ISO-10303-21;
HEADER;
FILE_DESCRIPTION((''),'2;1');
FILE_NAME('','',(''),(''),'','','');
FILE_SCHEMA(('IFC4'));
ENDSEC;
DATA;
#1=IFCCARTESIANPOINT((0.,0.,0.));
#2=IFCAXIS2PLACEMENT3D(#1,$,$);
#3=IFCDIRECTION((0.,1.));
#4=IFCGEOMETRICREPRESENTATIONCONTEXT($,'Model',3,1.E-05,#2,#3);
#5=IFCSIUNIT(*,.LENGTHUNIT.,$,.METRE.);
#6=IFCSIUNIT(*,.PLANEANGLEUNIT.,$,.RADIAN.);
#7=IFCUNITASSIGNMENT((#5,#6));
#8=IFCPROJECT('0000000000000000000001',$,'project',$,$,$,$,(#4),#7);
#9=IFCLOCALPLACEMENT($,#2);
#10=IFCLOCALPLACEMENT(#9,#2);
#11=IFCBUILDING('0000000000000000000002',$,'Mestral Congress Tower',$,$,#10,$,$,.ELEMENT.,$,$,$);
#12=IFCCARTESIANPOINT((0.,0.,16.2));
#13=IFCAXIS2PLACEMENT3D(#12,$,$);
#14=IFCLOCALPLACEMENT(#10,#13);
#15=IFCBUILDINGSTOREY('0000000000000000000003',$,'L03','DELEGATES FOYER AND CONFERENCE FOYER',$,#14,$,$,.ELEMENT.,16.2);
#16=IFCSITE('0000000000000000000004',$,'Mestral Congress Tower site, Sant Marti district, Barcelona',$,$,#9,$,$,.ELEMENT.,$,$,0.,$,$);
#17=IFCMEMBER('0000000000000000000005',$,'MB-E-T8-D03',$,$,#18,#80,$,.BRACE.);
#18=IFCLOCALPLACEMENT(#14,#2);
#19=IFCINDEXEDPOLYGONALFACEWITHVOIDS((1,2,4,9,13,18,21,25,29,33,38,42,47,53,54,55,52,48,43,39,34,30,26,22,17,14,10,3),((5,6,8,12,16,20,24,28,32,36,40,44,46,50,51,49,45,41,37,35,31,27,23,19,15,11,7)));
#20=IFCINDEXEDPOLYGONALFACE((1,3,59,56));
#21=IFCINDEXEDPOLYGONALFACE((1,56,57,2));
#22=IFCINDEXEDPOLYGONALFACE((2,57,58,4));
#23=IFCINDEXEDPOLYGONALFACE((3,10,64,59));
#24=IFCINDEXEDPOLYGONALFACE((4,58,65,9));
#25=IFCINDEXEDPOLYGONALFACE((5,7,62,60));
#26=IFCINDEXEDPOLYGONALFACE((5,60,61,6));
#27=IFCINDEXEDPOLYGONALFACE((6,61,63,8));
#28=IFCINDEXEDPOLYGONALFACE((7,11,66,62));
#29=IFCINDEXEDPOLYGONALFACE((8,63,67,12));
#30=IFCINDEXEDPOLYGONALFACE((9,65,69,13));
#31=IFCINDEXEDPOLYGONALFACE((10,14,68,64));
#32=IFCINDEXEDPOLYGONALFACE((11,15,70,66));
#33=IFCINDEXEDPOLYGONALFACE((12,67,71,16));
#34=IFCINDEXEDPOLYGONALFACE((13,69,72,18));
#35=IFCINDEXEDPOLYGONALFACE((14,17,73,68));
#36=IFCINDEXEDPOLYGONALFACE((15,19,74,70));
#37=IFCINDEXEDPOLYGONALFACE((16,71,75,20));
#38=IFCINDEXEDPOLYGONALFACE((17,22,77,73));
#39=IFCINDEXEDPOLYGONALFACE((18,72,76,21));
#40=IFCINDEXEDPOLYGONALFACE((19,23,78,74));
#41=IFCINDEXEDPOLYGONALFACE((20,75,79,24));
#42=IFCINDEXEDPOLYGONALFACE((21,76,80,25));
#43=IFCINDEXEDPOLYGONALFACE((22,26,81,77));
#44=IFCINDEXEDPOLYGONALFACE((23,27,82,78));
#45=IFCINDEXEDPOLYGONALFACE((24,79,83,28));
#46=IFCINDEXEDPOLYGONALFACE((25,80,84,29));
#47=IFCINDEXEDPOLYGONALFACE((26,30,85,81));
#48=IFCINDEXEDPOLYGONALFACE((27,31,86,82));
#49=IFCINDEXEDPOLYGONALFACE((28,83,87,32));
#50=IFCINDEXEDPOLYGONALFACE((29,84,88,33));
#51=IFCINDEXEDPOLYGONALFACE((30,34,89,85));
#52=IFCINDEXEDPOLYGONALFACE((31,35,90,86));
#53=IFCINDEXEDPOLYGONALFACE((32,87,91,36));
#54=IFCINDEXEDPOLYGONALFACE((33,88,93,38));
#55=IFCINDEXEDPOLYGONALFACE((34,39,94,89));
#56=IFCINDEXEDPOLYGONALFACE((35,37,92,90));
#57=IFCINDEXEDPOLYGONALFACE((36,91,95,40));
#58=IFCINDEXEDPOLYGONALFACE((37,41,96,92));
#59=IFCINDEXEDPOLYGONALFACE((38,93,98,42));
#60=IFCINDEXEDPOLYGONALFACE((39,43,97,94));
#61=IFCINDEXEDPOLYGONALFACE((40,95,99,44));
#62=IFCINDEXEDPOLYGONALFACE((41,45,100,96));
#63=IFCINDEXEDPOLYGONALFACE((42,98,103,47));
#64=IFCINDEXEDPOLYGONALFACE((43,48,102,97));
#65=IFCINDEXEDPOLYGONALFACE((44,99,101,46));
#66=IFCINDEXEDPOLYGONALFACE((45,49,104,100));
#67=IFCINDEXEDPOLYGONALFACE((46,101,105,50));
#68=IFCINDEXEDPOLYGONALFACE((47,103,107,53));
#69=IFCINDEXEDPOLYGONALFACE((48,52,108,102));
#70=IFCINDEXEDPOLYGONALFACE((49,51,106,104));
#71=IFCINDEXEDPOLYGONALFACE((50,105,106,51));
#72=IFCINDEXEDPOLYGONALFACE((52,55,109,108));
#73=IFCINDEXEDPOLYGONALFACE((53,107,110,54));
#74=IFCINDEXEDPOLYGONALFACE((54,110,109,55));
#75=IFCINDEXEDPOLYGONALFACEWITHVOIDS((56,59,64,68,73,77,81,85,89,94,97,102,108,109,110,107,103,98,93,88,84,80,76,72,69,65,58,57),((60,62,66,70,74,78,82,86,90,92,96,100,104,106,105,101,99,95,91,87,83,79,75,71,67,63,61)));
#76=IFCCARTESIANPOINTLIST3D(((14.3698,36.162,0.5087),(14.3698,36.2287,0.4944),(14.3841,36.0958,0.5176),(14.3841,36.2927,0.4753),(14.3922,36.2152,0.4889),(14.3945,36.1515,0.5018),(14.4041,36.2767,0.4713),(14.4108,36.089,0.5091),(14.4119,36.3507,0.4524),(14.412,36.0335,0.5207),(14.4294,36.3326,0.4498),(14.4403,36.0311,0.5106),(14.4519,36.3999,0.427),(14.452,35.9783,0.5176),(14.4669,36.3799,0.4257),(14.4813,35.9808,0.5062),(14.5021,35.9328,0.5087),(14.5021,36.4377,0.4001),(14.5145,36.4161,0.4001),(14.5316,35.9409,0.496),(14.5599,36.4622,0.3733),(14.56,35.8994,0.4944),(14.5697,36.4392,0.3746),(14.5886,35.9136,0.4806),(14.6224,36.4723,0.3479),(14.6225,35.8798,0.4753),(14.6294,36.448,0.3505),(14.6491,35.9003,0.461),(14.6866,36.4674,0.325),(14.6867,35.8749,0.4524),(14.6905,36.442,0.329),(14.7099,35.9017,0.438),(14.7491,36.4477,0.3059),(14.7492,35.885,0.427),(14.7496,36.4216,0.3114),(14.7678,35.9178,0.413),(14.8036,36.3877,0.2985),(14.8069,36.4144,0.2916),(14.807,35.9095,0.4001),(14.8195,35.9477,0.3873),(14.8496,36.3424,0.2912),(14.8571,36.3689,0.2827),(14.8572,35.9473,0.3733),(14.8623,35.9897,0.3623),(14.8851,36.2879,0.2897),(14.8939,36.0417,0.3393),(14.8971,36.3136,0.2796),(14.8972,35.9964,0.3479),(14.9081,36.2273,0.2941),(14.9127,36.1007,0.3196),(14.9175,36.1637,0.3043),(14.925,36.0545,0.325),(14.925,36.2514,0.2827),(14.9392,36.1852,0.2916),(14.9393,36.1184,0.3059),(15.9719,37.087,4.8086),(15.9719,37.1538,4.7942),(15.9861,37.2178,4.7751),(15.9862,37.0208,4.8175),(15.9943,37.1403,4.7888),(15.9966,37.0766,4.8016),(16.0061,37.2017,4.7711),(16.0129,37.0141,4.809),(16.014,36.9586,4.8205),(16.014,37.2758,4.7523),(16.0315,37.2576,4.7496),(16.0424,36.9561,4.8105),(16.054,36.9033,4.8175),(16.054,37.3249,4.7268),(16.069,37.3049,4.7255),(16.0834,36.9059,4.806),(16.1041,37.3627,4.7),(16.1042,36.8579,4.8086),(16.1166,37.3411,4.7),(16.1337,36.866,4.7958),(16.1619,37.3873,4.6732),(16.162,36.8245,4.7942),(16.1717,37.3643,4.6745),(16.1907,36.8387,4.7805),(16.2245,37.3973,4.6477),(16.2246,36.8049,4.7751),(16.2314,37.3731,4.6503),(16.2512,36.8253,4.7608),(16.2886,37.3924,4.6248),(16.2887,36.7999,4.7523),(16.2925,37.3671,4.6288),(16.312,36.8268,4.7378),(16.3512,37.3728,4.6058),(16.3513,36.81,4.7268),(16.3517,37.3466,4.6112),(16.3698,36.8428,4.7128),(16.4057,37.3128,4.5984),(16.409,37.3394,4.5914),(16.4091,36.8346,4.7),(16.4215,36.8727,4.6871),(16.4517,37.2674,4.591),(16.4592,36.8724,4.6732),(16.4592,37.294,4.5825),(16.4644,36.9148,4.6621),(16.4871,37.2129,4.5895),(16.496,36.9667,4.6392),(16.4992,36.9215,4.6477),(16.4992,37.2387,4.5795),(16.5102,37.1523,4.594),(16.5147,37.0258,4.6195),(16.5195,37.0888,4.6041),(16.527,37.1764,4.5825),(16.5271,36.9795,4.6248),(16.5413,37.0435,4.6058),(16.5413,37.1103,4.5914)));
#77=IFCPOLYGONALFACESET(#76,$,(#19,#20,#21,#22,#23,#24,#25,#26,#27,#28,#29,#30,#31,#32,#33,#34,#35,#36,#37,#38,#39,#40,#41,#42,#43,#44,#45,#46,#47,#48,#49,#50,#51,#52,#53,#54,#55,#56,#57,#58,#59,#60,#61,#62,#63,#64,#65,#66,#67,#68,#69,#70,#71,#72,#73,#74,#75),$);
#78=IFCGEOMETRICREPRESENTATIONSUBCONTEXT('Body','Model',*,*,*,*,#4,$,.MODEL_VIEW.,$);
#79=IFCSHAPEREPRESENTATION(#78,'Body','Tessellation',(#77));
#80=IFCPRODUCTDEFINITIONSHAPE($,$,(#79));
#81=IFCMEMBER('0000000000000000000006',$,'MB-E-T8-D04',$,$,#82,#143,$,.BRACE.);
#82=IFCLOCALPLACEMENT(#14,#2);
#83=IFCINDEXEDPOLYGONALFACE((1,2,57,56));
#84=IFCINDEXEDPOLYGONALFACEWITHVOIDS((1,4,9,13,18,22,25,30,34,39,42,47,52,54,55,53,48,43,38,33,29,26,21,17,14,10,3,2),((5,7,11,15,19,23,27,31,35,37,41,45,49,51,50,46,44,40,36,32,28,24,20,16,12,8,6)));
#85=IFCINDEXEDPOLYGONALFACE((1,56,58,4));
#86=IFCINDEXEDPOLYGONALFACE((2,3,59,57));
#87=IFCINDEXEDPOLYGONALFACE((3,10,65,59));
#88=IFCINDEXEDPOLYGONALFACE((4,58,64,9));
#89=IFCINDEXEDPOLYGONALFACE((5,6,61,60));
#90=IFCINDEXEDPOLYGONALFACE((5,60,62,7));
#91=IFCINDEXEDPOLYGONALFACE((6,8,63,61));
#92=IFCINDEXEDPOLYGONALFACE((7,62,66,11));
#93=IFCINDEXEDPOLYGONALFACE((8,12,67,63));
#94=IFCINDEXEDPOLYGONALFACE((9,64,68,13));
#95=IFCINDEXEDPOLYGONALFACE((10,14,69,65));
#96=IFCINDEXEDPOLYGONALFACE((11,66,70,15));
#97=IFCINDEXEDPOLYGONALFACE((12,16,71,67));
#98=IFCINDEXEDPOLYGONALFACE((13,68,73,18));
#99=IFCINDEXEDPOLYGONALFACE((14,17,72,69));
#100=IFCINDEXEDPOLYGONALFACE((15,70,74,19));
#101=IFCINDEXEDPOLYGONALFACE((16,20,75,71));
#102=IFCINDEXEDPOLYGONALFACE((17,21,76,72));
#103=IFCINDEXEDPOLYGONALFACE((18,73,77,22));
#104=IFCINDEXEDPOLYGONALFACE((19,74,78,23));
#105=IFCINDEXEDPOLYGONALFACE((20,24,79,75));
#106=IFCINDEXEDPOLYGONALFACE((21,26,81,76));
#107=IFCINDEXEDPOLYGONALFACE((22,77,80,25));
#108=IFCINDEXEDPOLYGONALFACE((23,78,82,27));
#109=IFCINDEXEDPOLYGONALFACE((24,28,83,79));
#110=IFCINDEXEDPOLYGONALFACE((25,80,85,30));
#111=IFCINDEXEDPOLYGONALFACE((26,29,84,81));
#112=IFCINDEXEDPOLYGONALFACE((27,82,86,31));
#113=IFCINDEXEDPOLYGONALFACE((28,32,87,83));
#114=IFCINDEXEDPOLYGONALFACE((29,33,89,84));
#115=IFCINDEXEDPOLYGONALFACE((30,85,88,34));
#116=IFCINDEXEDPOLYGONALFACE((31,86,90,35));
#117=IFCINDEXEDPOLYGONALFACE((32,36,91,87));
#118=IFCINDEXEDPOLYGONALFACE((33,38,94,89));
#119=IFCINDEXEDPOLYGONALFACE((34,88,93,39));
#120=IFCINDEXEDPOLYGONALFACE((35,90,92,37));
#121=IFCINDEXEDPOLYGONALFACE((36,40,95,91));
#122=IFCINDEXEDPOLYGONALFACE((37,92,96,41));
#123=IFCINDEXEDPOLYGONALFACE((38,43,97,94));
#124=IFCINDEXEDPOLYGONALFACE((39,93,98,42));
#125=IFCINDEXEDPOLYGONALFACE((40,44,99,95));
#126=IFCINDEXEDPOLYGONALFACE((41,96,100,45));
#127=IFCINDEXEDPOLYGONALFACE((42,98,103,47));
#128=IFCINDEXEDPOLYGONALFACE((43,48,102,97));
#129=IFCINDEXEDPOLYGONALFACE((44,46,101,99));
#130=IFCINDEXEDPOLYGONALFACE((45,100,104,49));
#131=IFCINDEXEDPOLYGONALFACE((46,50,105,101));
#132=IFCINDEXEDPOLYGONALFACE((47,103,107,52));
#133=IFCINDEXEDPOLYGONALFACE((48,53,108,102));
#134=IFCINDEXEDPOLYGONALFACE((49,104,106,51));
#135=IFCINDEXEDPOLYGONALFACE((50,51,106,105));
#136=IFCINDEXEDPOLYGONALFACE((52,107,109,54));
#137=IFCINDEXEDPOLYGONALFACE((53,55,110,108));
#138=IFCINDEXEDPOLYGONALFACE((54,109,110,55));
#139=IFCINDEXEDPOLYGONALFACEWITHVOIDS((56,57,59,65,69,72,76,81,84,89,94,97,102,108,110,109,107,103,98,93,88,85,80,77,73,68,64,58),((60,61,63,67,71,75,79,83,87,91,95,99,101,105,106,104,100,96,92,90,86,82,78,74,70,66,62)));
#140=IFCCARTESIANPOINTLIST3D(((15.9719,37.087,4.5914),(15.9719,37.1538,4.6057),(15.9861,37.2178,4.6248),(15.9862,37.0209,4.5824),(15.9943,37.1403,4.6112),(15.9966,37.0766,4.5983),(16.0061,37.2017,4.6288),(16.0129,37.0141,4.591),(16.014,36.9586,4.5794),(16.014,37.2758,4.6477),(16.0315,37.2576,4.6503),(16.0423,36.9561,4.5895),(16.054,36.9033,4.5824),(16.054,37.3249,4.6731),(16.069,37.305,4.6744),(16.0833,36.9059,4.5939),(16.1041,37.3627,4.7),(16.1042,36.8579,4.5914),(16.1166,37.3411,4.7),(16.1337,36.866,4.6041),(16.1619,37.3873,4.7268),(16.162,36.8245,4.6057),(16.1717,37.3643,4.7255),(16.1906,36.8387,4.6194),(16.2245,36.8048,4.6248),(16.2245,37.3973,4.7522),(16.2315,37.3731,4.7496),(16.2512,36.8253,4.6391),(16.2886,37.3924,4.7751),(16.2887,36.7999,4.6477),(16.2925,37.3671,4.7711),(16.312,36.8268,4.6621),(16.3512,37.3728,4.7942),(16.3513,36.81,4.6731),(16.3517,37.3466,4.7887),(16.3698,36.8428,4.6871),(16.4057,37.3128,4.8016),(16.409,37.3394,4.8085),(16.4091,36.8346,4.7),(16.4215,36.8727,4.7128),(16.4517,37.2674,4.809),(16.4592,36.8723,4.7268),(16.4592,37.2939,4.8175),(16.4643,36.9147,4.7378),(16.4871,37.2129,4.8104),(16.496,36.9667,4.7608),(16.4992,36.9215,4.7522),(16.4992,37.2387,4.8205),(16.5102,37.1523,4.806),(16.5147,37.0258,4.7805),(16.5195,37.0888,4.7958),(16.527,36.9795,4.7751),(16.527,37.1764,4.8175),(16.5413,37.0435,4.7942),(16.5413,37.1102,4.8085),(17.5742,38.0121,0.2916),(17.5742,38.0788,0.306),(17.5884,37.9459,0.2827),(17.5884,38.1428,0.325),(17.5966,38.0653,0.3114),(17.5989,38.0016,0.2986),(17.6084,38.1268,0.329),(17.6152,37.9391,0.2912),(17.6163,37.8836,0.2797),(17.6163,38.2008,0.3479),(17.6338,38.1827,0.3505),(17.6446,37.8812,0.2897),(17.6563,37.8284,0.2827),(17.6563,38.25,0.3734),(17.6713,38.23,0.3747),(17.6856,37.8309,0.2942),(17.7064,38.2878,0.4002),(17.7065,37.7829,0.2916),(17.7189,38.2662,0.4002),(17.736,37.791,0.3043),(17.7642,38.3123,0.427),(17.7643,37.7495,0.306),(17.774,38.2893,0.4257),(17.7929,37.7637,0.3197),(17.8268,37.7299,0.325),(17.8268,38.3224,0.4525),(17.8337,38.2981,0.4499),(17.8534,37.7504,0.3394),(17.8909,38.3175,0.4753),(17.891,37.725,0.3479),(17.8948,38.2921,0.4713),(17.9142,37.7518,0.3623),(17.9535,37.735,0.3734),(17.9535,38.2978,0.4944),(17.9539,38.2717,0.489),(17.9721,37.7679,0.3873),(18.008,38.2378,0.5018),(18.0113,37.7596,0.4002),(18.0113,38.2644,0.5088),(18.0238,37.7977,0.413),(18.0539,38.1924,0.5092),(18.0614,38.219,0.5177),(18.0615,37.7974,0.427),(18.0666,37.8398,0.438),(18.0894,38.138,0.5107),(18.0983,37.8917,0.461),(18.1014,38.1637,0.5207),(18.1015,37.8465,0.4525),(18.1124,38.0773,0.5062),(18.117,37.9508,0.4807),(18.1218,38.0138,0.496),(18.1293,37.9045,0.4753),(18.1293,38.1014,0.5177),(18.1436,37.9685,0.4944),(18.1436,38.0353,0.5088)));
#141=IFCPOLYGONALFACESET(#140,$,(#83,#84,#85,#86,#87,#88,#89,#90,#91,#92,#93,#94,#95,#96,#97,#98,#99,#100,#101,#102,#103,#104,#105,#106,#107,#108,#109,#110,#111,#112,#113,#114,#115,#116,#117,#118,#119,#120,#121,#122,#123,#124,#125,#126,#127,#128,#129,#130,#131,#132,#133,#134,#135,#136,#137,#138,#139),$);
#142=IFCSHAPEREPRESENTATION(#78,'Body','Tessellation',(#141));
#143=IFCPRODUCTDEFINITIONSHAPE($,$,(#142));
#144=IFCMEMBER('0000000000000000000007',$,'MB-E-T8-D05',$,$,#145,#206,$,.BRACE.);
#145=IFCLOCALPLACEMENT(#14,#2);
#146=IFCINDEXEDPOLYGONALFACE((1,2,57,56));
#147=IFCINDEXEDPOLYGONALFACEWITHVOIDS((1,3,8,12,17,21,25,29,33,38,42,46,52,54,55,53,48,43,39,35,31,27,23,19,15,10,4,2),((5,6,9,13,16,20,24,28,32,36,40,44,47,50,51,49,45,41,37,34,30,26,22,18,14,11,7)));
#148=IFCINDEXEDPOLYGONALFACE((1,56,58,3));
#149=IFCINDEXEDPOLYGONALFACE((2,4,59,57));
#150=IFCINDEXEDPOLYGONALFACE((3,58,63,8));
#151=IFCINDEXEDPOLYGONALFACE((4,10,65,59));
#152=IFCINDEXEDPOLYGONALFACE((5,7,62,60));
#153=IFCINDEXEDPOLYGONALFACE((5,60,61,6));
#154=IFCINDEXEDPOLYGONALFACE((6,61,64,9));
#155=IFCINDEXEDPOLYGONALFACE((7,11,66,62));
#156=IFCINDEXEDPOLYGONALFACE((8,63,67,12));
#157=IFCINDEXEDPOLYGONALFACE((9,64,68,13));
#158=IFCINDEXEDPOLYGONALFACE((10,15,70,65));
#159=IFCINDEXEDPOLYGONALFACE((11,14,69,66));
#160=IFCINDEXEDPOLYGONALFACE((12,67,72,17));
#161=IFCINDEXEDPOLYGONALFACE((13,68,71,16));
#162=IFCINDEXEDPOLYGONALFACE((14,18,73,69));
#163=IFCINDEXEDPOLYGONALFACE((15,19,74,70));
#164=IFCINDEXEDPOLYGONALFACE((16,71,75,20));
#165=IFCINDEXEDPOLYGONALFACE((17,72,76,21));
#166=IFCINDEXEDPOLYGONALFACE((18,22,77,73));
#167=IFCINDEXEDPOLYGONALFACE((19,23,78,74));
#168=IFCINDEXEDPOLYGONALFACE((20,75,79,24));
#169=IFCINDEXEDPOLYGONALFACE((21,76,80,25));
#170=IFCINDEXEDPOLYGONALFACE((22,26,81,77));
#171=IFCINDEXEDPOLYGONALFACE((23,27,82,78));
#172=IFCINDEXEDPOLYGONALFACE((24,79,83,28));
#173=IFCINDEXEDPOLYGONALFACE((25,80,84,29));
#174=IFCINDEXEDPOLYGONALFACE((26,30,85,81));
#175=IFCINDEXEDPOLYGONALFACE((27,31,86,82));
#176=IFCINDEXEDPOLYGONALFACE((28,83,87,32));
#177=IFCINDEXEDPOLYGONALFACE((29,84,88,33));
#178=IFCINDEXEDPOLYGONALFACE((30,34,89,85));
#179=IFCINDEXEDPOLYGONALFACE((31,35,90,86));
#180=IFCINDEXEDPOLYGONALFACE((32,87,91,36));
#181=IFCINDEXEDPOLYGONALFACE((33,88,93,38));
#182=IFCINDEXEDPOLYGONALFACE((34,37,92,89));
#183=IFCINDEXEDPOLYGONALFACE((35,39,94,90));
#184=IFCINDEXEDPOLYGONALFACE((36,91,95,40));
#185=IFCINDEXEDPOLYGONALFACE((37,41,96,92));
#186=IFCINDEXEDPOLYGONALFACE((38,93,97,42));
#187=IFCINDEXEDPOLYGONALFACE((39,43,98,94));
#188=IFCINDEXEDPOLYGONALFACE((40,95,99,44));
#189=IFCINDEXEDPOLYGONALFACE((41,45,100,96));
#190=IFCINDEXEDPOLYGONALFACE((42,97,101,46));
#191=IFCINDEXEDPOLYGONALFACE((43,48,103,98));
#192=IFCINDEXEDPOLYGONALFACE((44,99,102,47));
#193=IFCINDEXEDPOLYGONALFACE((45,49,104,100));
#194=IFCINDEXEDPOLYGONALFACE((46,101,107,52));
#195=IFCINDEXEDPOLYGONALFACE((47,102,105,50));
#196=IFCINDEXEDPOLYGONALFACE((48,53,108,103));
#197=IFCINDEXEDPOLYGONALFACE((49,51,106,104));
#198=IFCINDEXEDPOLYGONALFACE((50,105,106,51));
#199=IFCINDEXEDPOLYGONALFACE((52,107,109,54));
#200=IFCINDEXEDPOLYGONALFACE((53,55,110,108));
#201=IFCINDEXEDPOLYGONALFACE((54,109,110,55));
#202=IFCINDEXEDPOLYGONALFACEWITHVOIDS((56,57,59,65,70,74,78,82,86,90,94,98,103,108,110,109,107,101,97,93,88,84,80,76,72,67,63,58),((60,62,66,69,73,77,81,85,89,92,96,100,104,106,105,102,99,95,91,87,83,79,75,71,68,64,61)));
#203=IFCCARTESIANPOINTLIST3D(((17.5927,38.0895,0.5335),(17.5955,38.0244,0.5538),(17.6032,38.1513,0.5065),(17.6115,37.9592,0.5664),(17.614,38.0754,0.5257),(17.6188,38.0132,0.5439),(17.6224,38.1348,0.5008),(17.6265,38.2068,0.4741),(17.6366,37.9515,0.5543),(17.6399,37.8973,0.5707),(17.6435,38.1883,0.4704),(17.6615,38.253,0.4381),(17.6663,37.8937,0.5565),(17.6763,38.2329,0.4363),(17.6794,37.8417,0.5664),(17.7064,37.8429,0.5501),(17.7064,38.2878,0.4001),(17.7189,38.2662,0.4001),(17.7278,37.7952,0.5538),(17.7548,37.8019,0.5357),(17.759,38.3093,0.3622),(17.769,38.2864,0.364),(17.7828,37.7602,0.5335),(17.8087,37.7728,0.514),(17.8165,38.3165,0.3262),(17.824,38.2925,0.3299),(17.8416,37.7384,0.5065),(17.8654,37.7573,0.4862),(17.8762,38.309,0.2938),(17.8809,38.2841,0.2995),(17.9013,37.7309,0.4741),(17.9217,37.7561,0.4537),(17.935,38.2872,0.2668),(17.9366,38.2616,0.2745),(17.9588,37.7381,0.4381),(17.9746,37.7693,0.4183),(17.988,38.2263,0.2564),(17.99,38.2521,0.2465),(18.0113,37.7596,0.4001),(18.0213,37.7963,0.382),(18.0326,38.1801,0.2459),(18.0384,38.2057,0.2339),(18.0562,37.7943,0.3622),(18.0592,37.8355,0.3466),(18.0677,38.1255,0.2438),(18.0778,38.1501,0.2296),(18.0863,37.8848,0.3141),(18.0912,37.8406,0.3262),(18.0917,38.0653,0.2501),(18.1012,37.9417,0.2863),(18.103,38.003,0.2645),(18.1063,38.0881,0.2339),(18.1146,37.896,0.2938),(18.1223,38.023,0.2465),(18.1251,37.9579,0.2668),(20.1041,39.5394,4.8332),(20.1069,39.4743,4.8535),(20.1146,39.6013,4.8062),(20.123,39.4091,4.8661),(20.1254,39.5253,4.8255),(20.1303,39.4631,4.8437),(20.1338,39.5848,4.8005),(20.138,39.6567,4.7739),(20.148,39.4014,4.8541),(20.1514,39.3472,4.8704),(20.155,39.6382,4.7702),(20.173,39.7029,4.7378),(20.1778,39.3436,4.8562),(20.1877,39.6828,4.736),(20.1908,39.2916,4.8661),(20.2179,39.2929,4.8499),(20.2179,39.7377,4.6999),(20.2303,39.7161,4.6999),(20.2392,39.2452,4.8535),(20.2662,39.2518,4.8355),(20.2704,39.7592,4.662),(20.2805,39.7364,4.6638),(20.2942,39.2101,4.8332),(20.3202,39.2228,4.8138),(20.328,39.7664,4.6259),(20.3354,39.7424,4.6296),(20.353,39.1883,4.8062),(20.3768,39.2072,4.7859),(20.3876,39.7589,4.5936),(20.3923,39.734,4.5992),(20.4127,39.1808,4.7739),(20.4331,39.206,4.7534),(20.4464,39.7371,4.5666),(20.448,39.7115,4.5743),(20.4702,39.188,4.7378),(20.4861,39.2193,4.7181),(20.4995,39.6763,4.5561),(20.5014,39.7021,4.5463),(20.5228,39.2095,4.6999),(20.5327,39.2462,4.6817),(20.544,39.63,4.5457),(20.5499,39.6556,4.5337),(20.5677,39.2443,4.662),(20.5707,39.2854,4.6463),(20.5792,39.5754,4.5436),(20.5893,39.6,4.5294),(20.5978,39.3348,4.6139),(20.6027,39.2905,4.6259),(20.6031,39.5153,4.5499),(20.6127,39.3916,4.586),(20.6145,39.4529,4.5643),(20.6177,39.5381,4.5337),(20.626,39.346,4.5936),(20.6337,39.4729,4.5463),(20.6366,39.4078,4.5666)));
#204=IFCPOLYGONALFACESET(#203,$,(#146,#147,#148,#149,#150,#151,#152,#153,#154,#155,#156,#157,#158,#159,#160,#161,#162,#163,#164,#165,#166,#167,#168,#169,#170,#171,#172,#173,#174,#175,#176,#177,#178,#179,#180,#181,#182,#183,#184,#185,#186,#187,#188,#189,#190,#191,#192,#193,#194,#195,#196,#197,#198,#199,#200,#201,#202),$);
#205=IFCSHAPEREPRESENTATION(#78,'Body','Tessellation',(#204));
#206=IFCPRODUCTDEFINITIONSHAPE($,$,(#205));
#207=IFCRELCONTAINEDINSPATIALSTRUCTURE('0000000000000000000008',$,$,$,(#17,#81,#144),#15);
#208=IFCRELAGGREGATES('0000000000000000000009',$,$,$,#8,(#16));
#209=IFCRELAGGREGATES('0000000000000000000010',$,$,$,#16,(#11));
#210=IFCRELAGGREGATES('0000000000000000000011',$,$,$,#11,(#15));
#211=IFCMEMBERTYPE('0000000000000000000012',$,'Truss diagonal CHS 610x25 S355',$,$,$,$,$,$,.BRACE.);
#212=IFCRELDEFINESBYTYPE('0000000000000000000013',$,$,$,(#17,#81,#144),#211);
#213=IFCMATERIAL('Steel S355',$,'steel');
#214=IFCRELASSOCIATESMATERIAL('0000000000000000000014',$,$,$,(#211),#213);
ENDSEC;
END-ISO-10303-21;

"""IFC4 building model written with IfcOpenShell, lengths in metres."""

from ifc_helpers import new_model, si_unit, direction, frame, origin, origin_2d, place, context, subcontext, project, spatial, hollow_circle, extrude, material, material_profile, profile_set, type_object, element, save


model = new_model("IFC4")

# Units and contexts
model_context = context("Model", 3, precision=1e-05, world=origin(), true_north=direction((0.0, 1.0)))
body_context = subcontext(model_context, "Body", "Model", "MODEL_VIEW")
ifc_project = project(units=[si_unit("LENGTHUNIT", "METRE"), si_unit("PLANEANGLEUNIT", "RADIAN")], contexts=[model_context])

# Site, building, storey
site_placement = place(None, origin())
site = spatial("IfcSite", under=ifc_project, at=site_placement, Name="Mestral Congress Tower site, Sant Marti district, Barcelona", CompositionType="ELEMENT", RefElevation=0.0)
building_placement = place(site_placement, origin())
building = spatial("IfcBuilding", under=site, at=building_placement, Name="Mestral Congress Tower", CompositionType="ELEMENT")
storey_placement = place(building_placement, frame((0.0, 0.0, 16.2)))
storey = spatial("IfcBuildingStorey", under=building, at=storey_placement, Name="L03", Description="DELEGATES FOYER AND CONFERENCE FOYER", CompositionType="ELEMENT", Elevation=16.2)

# Members
ifc_material_1 = material(Name="Steel S355", Category="steel")
ifc_material_profile_1 = material_profile(ifc_material_1, hollow_circle(Radius=0.3049, WallThickness=0.0249, at=origin_2d()), Name="CHS 610x25")
ifc_profile_set_1 = profile_set([ifc_material_profile_1], Name="Steel S355")
member_type_1 = type_object("IfcMemberType", Name="Truss diagonal CHS 610x25 S355", PredefinedType="BRACE", material=ifc_profile_set_1)
for number, where, z_axis, x_axis, name in (
    (1, (14.6545, 36.1736, 0.4001), (0.342254, 0.197623, 0.91859), (-0.500042, 0.866001, 0.0), "MB-E-T8-D03"),
    (2, (16.2566, 37.0986, 4.7), (0.342301, 0.197619, -0.918573), (-0.499985, 0.866034, 0.0), "MB-E-T8-D04"),
):
    element("IfcMember", number, at=place(storey_placement, frame(where, z_axis=z_axis, x_axis=x_axis)), inside=storey, type_object=member_type_1, Name=name, PredefinedType="BRACE", context=body_context, shape_type="SweptSolid", body=[
        extrude(hollow_circle(Radius=0.3049, WallThickness=0.0249, at=origin_2d()), origin(), (0.0, 0.0, 1.0), 4.6809),
    ])
member_1_placement = place(storey_placement, frame((17.8589, 38.0237, 0.4001), z_axis=(0.484247, 0.279571, 0.829062), x_axis=(-0.499987, 0.866033, 0.0)))
element("IfcMember", 3, at=member_1_placement, inside=storey, type_object=member_type_1, Name="MB-E-T8-D05", PredefinedType="BRACE", context=body_context, shape_type="SweptSolid", body=[
    extrude(hollow_circle(Radius=0.3049, WallThickness=0.0249, at=origin_2d()), origin(), (0.0, 0.0, 1.0), 5.1863),
])

save(model, "model.ifc")
